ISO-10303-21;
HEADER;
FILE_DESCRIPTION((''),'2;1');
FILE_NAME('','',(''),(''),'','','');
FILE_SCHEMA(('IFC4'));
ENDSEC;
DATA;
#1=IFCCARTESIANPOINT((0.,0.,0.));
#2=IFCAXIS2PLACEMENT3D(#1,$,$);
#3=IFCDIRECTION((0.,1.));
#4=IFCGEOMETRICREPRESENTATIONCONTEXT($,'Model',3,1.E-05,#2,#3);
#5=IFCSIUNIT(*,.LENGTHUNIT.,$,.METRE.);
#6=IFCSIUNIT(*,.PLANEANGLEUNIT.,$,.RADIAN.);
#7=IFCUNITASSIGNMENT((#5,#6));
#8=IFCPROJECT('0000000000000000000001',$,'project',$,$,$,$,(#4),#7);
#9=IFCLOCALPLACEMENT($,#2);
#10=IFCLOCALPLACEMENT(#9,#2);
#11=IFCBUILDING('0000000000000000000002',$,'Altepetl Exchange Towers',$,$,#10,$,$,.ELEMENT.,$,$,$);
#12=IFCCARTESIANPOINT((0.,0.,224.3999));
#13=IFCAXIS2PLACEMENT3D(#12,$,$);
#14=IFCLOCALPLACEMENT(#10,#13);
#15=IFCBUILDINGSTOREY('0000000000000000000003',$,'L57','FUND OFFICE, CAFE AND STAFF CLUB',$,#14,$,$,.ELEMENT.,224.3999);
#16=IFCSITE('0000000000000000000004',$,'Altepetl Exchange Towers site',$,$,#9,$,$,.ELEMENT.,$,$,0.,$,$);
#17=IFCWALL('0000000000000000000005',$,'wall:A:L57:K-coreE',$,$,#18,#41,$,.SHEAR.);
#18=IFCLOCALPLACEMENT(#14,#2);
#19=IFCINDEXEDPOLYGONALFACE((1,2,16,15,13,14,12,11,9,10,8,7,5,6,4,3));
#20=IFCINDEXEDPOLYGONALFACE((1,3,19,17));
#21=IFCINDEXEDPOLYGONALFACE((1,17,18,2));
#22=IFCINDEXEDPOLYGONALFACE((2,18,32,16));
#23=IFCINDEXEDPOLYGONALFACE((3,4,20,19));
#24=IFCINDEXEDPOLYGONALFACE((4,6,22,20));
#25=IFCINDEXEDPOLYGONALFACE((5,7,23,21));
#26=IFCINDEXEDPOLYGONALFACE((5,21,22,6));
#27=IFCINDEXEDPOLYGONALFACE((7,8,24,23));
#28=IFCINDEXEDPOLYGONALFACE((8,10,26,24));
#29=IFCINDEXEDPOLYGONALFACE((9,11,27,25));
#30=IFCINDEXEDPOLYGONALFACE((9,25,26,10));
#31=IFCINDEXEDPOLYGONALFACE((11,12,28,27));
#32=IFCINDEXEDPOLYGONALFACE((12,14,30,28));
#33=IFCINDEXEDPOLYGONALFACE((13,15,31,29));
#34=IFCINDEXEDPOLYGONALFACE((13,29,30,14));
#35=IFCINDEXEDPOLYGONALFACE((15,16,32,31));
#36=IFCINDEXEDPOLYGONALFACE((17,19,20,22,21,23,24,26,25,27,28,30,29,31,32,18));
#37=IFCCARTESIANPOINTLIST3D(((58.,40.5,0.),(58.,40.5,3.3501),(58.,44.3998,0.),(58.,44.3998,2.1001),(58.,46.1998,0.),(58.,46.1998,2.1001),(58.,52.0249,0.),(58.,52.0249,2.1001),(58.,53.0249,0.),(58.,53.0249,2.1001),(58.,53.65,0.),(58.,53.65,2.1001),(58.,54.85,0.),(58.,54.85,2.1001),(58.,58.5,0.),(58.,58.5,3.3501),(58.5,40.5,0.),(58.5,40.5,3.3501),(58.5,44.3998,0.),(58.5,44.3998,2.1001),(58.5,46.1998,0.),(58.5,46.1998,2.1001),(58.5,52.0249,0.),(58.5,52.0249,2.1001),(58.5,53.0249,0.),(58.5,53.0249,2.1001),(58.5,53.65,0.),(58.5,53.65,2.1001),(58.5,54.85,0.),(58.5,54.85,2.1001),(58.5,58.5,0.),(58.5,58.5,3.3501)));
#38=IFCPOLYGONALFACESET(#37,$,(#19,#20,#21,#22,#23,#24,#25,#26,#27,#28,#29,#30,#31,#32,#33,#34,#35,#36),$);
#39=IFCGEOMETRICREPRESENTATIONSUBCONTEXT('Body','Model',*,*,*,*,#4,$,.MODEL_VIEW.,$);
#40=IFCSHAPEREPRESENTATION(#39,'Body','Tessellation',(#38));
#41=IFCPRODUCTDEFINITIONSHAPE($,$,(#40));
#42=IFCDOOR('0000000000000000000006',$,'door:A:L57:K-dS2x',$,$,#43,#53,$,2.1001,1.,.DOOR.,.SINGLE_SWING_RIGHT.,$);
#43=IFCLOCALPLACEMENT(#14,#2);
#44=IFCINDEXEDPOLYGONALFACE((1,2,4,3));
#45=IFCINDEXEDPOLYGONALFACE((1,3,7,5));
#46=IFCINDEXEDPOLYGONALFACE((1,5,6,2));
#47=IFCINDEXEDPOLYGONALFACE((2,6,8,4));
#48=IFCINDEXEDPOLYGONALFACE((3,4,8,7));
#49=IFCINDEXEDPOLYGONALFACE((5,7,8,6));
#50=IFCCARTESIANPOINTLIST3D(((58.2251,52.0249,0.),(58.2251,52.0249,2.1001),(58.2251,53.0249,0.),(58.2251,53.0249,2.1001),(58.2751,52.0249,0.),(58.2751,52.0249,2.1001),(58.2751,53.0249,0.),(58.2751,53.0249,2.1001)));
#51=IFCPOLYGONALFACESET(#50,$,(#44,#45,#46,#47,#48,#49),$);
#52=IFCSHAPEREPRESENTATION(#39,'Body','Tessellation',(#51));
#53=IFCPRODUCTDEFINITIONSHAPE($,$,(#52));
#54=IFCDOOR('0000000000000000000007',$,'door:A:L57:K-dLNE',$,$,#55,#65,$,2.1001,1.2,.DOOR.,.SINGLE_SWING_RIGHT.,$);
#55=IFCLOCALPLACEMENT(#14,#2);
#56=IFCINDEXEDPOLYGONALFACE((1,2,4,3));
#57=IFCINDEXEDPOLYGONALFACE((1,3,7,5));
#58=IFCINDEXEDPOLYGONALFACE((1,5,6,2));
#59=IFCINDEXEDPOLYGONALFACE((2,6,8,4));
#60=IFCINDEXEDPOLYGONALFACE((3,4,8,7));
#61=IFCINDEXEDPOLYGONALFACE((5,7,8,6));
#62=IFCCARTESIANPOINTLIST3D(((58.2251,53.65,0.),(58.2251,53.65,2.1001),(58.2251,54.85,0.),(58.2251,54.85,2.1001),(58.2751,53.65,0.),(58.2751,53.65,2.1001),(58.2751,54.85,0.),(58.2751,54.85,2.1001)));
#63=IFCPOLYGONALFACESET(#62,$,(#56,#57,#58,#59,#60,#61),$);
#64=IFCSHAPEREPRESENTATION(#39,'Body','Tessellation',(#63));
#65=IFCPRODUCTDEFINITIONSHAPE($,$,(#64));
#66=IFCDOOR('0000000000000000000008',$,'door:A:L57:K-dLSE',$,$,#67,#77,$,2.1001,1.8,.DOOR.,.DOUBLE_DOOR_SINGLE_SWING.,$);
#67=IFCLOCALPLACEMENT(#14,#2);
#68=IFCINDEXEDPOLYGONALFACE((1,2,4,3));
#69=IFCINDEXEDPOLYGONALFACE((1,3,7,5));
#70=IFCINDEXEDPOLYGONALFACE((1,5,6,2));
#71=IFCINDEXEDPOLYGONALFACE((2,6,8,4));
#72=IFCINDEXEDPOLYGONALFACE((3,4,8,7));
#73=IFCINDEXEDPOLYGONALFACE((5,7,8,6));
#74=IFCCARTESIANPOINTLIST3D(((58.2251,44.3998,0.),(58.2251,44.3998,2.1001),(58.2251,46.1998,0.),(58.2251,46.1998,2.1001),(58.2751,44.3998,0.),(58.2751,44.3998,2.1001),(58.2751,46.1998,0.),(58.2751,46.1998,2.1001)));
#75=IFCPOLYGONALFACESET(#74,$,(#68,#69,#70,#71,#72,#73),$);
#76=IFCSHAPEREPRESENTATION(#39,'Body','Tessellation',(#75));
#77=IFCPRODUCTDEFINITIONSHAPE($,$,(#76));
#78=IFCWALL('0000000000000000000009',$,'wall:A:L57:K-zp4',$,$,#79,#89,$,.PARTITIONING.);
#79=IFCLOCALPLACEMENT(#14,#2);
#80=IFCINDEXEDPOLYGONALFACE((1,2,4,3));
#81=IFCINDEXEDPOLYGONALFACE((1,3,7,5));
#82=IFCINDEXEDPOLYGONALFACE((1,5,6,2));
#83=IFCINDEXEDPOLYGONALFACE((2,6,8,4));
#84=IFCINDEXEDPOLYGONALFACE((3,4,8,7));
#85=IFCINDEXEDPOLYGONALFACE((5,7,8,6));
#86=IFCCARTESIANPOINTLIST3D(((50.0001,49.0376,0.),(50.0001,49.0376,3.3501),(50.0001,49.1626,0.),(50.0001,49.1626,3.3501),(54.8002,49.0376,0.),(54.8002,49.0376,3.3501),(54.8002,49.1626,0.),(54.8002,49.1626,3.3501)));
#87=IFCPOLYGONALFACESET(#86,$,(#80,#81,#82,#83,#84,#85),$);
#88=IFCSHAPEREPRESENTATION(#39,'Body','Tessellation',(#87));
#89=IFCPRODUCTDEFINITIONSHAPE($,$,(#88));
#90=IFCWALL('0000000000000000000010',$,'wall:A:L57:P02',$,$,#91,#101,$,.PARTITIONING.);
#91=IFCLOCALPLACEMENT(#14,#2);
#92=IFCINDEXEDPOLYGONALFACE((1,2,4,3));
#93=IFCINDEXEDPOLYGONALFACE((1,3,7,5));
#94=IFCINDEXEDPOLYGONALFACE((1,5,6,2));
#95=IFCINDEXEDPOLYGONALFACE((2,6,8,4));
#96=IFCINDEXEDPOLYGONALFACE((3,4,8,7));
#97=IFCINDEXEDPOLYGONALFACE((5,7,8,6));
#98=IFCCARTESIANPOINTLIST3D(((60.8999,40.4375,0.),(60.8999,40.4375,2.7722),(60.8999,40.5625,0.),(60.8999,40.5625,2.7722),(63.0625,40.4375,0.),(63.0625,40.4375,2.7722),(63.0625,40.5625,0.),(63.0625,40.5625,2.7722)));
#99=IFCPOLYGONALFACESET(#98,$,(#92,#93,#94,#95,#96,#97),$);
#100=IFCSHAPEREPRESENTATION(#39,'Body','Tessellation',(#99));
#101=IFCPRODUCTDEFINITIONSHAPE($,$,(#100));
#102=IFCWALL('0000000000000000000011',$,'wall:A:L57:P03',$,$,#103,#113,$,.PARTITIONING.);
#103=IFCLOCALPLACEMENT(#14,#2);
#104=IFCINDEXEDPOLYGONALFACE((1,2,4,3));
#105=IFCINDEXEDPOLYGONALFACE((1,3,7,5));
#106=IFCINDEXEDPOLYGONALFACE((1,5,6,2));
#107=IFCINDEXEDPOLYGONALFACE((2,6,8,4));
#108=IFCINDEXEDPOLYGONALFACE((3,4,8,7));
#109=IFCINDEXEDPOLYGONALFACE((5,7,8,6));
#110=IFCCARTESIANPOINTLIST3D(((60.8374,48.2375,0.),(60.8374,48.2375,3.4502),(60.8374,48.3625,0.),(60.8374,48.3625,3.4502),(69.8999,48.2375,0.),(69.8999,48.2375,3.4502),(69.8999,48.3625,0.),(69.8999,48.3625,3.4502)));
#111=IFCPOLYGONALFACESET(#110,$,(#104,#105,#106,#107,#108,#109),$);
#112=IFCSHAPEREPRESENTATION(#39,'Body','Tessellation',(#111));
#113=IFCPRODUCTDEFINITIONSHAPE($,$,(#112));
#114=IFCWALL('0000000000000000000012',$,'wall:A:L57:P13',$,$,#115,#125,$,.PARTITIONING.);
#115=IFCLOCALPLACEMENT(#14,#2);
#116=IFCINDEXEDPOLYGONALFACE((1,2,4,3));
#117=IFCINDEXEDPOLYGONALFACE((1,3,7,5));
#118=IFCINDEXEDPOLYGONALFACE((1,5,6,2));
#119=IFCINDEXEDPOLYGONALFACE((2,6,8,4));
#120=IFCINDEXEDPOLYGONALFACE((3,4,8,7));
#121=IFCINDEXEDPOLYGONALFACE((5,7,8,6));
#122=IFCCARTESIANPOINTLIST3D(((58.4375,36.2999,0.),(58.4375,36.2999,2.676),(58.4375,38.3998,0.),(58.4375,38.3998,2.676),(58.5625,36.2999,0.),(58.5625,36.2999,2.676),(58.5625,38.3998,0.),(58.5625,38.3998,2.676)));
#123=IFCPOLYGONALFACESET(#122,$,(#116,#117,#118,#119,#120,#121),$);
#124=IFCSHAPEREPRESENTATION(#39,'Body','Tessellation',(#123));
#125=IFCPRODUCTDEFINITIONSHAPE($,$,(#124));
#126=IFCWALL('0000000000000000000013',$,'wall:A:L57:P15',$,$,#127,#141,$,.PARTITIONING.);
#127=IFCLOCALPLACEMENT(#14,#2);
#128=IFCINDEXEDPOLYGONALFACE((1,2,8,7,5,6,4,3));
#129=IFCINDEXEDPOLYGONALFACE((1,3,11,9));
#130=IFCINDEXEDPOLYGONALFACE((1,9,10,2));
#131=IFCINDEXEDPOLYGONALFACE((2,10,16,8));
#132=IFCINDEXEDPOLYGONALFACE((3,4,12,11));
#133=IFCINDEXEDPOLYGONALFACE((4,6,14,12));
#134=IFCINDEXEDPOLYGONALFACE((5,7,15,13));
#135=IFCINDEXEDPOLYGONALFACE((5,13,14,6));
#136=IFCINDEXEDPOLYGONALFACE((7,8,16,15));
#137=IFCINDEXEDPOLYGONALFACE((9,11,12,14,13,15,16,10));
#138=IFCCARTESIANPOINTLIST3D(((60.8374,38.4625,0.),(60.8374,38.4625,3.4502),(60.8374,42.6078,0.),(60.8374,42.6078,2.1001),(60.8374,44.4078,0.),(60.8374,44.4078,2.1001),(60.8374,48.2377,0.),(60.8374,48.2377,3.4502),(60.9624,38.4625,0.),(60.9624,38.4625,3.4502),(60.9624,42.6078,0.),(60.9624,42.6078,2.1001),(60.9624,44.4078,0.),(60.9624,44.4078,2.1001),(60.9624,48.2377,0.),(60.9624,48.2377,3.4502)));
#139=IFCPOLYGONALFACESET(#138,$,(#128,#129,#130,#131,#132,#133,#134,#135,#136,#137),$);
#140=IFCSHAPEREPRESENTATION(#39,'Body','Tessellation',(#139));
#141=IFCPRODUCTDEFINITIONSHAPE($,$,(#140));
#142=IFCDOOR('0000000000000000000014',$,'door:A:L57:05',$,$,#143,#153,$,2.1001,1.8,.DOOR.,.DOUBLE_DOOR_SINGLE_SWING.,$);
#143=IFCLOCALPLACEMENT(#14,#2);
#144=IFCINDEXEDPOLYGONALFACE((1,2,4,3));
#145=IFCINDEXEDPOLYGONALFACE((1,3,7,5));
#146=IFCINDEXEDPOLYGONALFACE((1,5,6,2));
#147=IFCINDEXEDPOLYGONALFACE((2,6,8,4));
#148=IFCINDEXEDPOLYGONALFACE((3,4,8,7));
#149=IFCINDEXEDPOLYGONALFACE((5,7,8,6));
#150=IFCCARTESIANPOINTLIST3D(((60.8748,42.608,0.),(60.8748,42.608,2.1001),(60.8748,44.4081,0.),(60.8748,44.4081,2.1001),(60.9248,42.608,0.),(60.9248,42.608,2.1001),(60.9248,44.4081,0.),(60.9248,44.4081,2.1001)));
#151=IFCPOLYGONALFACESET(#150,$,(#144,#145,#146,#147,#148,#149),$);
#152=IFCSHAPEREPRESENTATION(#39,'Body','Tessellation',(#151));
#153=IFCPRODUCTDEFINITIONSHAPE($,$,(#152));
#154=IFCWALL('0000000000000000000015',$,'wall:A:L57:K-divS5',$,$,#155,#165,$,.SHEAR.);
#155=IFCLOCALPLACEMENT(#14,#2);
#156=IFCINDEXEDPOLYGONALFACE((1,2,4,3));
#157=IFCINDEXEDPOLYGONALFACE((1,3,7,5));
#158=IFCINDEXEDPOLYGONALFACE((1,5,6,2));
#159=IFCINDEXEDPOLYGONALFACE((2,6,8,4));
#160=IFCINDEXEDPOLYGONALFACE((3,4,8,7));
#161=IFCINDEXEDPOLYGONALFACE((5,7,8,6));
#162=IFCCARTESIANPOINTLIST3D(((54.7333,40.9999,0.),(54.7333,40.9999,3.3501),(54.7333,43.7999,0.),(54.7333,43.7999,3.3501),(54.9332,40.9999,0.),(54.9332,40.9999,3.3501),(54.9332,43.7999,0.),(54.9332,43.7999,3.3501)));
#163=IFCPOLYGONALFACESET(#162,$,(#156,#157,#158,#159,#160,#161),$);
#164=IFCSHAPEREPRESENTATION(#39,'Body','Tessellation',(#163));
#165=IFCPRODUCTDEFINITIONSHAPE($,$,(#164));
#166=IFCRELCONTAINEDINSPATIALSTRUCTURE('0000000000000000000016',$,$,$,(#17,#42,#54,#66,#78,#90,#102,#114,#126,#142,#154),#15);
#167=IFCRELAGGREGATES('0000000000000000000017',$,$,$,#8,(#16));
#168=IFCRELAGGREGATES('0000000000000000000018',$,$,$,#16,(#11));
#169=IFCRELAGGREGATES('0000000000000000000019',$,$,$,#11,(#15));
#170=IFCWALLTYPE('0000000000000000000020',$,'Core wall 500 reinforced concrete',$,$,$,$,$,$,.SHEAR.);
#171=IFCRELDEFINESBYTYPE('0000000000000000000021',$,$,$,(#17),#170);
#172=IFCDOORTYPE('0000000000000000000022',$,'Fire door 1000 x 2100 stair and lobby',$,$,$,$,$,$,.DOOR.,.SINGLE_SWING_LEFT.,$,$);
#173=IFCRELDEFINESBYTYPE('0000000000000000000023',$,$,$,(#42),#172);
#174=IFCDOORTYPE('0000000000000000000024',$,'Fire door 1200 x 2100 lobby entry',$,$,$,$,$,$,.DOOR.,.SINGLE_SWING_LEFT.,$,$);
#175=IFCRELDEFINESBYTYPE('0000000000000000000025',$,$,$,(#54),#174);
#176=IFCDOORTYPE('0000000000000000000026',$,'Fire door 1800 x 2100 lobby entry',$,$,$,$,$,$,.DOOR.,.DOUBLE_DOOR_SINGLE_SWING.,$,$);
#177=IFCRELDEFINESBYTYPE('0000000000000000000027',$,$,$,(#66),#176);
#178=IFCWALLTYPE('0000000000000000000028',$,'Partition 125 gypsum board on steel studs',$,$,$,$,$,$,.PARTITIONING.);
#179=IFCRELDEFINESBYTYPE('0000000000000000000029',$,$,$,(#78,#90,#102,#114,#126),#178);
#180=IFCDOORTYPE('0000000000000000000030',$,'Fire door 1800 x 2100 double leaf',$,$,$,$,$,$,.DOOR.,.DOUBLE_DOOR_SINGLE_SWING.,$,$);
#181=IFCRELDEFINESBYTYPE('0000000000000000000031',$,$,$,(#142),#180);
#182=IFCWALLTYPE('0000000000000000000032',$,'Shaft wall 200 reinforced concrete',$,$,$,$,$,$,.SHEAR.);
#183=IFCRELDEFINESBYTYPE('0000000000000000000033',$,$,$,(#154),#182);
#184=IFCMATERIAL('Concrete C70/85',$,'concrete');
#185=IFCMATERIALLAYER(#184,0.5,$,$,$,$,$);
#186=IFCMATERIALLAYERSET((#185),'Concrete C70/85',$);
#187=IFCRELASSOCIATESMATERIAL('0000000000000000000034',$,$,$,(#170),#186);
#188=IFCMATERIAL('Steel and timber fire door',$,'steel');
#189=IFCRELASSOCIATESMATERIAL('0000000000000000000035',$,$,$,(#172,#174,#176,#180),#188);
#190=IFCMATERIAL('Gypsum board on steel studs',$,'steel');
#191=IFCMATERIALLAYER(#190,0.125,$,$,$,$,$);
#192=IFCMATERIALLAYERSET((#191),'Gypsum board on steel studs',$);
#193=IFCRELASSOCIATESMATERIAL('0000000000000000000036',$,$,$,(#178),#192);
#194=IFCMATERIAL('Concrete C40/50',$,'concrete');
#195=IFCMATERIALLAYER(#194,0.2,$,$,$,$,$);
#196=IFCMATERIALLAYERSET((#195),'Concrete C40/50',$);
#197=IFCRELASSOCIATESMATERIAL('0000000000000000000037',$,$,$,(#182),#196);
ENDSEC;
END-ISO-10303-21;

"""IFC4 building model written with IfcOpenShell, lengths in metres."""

from ifc_helpers import new_model, si_unit, direction, frame, frame_2d, origin, place, context, subcontext, project, spatial, rectangle, extrude, material, layer, layer_set, type_object, element, fill, save


model = new_model("IFC4")

# Units and contexts
model_context = context("Model", 3, precision=1e-05, world=origin(), true_north=direction((0.0, 1.0)))
body_context = subcontext(model_context, "Body", "Model", "MODEL_VIEW")
ifc_project = project(units=[si_unit("LENGTHUNIT", "METRE"), si_unit("PLANEANGLEUNIT", "RADIAN")], contexts=[model_context])

# Site, building, storey
site_placement = place(None, origin())
site = spatial("IfcSite", under=ifc_project, at=site_placement, Name="Altepetl Exchange Towers site", CompositionType="ELEMENT", RefElevation=0.0)
building_placement = place(site_placement, origin())
building = spatial("IfcBuilding", under=site, at=building_placement, Name="Altepetl Exchange Towers", CompositionType="ELEMENT")
storey_placement = place(building_placement, frame((0.0, 0.0, 224.3999)))
storey = spatial("IfcBuildingStorey", under=building, at=storey_placement, Name="L57", Description="FUND OFFICE, CAFE AND STAFF CLUB", CompositionType="ELEMENT", Elevation=224.3999)

# Shared definitions
ifc_material_1 = material(Name="Concrete C70/85", Category="concrete")

# Wall, openings, doors
ifc_layer_1 = layer(ifc_material_1, 0.5)
ifc_layer_set_1 = layer_set([ifc_layer_1], Name="Concrete C70/85")
wall_type_1 = type_object("IfcWallType", Name="Core wall 500 reinforced concrete", PredefinedType="SHEAR", material=ifc_layer_set_1)
wall_1_placement = place(storey_placement, frame((58.25, 40.5, 0.0), z_axis=(0.0, 0.0, 1.0), x_axis=(0.0, 1.0, 0.0)))
wall_1 = element("IfcWall", 1, at=wall_1_placement, inside=storey, type_object=wall_type_1, Name="wall:A:L57:K-coreE", PredefinedType="SHEAR", context=body_context, shape_type="SweptSolid", body=[
    extrude(rectangle(XDim=18.0, YDim=0.5, at=frame_2d((9.0, 0.0))), origin(), (0.0, 0.0, 1.0), 3.3501),
])
opening_1_placement = place(wall_1_placement, frame((13.1499, 0.0, 0.0)))
opening_1 = element("IfcOpeningElement", 2, at=opening_1_placement, cuts=wall_1, PredefinedType="OPENING", context=body_context, shape_type="SweptSolid", body=[
    extrude(rectangle(XDim=1.2, YDim=2.1001, at=frame_2d((0.6001, 1.05))), frame((0.0, 0.26, 0.0), z_axis=(0.0, -1.0, 0.0), x_axis=(1.0, 0.0, 0.0)), (0.0, 0.0, 1.0), 0.52),
])
opening_2_placement = place(wall_1_placement, frame((3.8999, 0.0, 0.0)))
opening_2 = element("IfcOpeningElement", 3, at=opening_2_placement, cuts=wall_1, PredefinedType="OPENING", context=body_context, shape_type="SweptSolid", body=[
    extrude(rectangle(XDim=1.8, YDim=2.1001, at=frame_2d((0.8999, 1.05))), frame((0.0, 0.26, 0.0), z_axis=(0.0, -1.0, 0.0), x_axis=(1.0, 0.0, 0.0)), (0.0, 0.0, 1.0), 0.52),
])
opening_3_placement = place(wall_1_placement, frame((11.5249, 0.0, 0.0)))
opening_3 = element("IfcOpeningElement", 4, at=opening_3_placement, cuts=wall_1, PredefinedType="OPENING", context=body_context, shape_type="SweptSolid", body=[
    extrude(rectangle(XDim=1.0, YDim=2.1001, at=frame_2d((0.5, 1.05))), frame((0.0, 0.26, 0.0), z_axis=(0.0, -1.0, 0.0), x_axis=(1.0, 0.0, 0.0)), (0.0, 0.0, 1.0), 0.52),
])
ifc_material_2 = material(Name="Steel and timber fire door", Category="steel")
door_type_1 = type_object("IfcDoorType", Name="Fire door 1000 x 2100 stair and lobby", OperationType="SINGLE_SWING_LEFT", PredefinedType="DOOR", material=ifc_material_2)
door_1_placement = place(opening_3_placement, origin())
door_1 = element("IfcDoor", 5, at=door_1_placement, inside=storey, type_object=door_type_1, Name="door:A:L57:K-dS2x", OperationType="SINGLE_SWING_RIGHT", OverallHeight=2.1001, OverallWidth=1.0, PredefinedType="DOOR", context=body_context, shape_type="SweptSolid", body=[
    extrude(rectangle(XDim=1.0, YDim=2.1001, at=frame_2d((0.5, 1.05))), frame((0.0, 0.0249, 0.0), z_axis=(0.0, -1.0, 0.0), x_axis=(1.0, 0.0, 0.0)), (0.0, 0.0, 1.0), 0.05),
])
fill(opening_3, door_1)
door_type_2 = type_object("IfcDoorType", Name="Fire door 1200 x 2100 lobby entry", OperationType="SINGLE_SWING_LEFT", PredefinedType="DOOR", material=ifc_material_2)
door_2_placement = place(opening_1_placement, origin())
door_2 = element("IfcDoor", 6, at=door_2_placement, inside=storey, type_object=door_type_2, Name="door:A:L57:K-dLNE", OperationType="SINGLE_SWING_RIGHT", OverallHeight=2.1001, OverallWidth=1.2, PredefinedType="DOOR", context=body_context, shape_type="SweptSolid", body=[
    extrude(rectangle(XDim=1.2, YDim=2.1001, at=frame_2d((0.6001, 1.05))), frame((0.0, 0.0249, 0.0), z_axis=(0.0, -1.0, 0.0), x_axis=(1.0, 0.0, 0.0)), (0.0, 0.0, 1.0), 0.05),
])
fill(opening_1, door_2)
door_type_3 = type_object("IfcDoorType", Name="Fire door 1800 x 2100 lobby entry", OperationType="DOUBLE_DOOR_SINGLE_SWING", PredefinedType="DOOR", material=ifc_material_2)
door_3_placement = place(opening_2_placement, origin())
door_3 = element("IfcDoor", 7, at=door_3_placement, inside=storey, type_object=door_type_3, Name="door:A:L57:K-dLSE", OperationType="DOUBLE_DOOR_SINGLE_SWING", OverallHeight=2.1001, OverallWidth=1.8, PredefinedType="DOOR", context=body_context, shape_type="SweptSolid", body=[
    extrude(rectangle(XDim=1.8, YDim=2.1001, at=frame_2d((0.8999, 1.05))), frame((0.0, 0.0249, 0.0), z_axis=(0.0, -1.0, 0.0), x_axis=(1.0, 0.0, 0.0)), (0.0, 0.0, 1.0), 0.05),
])
fill(opening_2, door_3)

# Walls
ifc_material_3 = material(Name="Gypsum board on steel studs", Category="steel")
ifc_layer_2 = layer(ifc_material_3, 0.125)
ifc_layer_set_2 = layer_set([ifc_layer_2], Name="Gypsum board on steel studs")
wall_type_2 = type_object("IfcWallType", Name="Partition 125 gypsum board on steel studs", PredefinedType="PARTITIONING", material=ifc_layer_set_2)
wall_2_placement = place(storey_placement, frame((54.8, 49.1001, 0.0), z_axis=(0.0, 0.0, 1.0), x_axis=(-1.0, 0.0, 0.0)))
element("IfcWall", 8, at=wall_2_placement, inside=storey, type_object=wall_type_2, Name="wall:A:L57:K-zp4", PredefinedType="PARTITIONING", context=body_context, shape_type="SweptSolid", body=[
    extrude(rectangle(XDim=4.8, YDim=0.125, at=frame_2d((2.3999, 0.0))), origin(), (0.0, 0.0, 1.0), 3.3501),
])
wall_3_placement = place(storey_placement, frame((60.8999, 40.5, 0.0)))
element("IfcWall", 9, at=wall_3_placement, inside=storey, type_object=wall_type_2, Name="wall:A:L57:P02", PredefinedType="PARTITIONING", context=body_context, shape_type="SweptSolid", body=[
    extrude(rectangle(XDim=2.1626, YDim=0.125, at=frame_2d((1.0813, 0.0))), origin(), (0.0, 0.0, 1.0), 2.7722),
])
wall_4_placement = place(storey_placement, frame((60.8374, 48.3, 0.0)))
element("IfcWall", 10, at=wall_4_placement, inside=storey, type_object=wall_type_2, Name="wall:A:L57:P03", PredefinedType="PARTITIONING", context=body_context, shape_type="SweptSolid", body=[
    extrude(rectangle(XDim=9.0625, YDim=0.125, at=frame_2d((4.5312, 0.0))), origin(), (0.0, 0.0, 1.0), 3.4502),
])
wall_5_placement = place(storey_placement, frame((58.5, 36.3, 0.0), z_axis=(0.0, 0.0, 1.0), x_axis=(0.0, 1.0, 0.0)))
element("IfcWall", 11, at=wall_5_placement, inside=storey, type_object=wall_type_2, Name="wall:A:L57:P13", PredefinedType="PARTITIONING", context=body_context, shape_type="SweptSolid", body=[
    extrude(rectangle(XDim=2.0999, YDim=0.125, at=frame_2d((1.0498, 0.0))), origin(), (0.0, 0.0, 1.0), 2.676),
])

# Wall, opening, door
wall_6_placement = place(storey_placement, frame((60.8999, 38.4624, 0.0), z_axis=(0.0, 0.0, 1.0), x_axis=(0.0, 1.0, 0.0)))
wall_6 = element("IfcWall", 12, at=wall_6_placement, inside=storey, type_object=wall_type_2, Name="wall:A:L57:P15", PredefinedType="PARTITIONING", context=body_context, shape_type="SweptSolid", body=[
    extrude(rectangle(XDim=9.7751, YDim=0.125, at=frame_2d((4.8877, 0.0))), origin(), (0.0, 0.0, 1.0), 3.4502),
])
opening_4_placement = place(wall_6_placement, frame((4.1455, 0.0, 0.0)))
opening_4 = element("IfcOpeningElement", 13, at=opening_4_placement, cuts=wall_6, PredefinedType="OPENING", context=body_context, shape_type="SweptSolid", body=[
    extrude(rectangle(XDim=1.8, YDim=2.1001, at=frame_2d((0.8999, 1.05))), frame((0.0, 0.0725, 0.0), z_axis=(0.0, -1.0, 0.0), x_axis=(1.0, 0.0, 0.0)), (0.0, 0.0, 1.0), 0.145),
])
door_type_4 = type_object("IfcDoorType", Name="Fire door 1800 x 2100 double leaf", OperationType="DOUBLE_DOOR_SINGLE_SWING", PredefinedType="DOOR", material=ifc_material_2)
door_4_placement = place(opening_4_placement, frame((1.8, 0.0, 0.0), x_axis=(-1.0, 0.0, 0.0)))
door_4 = element("IfcDoor", 14, at=door_4_placement, inside=storey, type_object=door_type_4, Name="door:A:L57:05", OperationType="DOUBLE_DOOR_SINGLE_SWING", OverallHeight=2.1001, OverallWidth=1.8, PredefinedType="DOOR", context=body_context, shape_type="SweptSolid", body=[
    extrude(rectangle(XDim=1.8, YDim=2.1001, at=frame_2d((0.8999, 1.05))), frame((0.0, 0.0249, 0.0), z_axis=(0.0, -1.0, 0.0), x_axis=(1.0, 0.0, 0.0)), (0.0, 0.0, 1.0), 0.05),
])
fill(opening_4, door_4)

# Wall
ifc_material_4 = material(Name="Concrete C40/50", Category="concrete")
ifc_layer_3 = layer(ifc_material_4, 0.2)
ifc_layer_set_3 = layer_set([ifc_layer_3], Name="Concrete C40/50")
wall_type_3 = type_object("IfcWallType", Name="Shaft wall 200 reinforced concrete", PredefinedType="SHEAR", material=ifc_layer_set_3)
wall_7_placement = place(storey_placement, frame((54.8333, 41.0, 0.0), z_axis=(0.0, 0.0, 1.0), x_axis=(0.0, 1.0, 0.0)))
element("IfcWall", 15, at=wall_7_placement, inside=storey, type_object=wall_type_3, Name="wall:A:L57:K-divS5", PredefinedType="SHEAR", context=body_context, shape_type="SweptSolid", body=[
    extrude(rectangle(XDim=2.8, YDim=0.2, at=frame_2d((1.3999, 0.0))), origin(), (0.0, 0.0, 1.0), 3.3501),
])

save(model, "model.ifc")
